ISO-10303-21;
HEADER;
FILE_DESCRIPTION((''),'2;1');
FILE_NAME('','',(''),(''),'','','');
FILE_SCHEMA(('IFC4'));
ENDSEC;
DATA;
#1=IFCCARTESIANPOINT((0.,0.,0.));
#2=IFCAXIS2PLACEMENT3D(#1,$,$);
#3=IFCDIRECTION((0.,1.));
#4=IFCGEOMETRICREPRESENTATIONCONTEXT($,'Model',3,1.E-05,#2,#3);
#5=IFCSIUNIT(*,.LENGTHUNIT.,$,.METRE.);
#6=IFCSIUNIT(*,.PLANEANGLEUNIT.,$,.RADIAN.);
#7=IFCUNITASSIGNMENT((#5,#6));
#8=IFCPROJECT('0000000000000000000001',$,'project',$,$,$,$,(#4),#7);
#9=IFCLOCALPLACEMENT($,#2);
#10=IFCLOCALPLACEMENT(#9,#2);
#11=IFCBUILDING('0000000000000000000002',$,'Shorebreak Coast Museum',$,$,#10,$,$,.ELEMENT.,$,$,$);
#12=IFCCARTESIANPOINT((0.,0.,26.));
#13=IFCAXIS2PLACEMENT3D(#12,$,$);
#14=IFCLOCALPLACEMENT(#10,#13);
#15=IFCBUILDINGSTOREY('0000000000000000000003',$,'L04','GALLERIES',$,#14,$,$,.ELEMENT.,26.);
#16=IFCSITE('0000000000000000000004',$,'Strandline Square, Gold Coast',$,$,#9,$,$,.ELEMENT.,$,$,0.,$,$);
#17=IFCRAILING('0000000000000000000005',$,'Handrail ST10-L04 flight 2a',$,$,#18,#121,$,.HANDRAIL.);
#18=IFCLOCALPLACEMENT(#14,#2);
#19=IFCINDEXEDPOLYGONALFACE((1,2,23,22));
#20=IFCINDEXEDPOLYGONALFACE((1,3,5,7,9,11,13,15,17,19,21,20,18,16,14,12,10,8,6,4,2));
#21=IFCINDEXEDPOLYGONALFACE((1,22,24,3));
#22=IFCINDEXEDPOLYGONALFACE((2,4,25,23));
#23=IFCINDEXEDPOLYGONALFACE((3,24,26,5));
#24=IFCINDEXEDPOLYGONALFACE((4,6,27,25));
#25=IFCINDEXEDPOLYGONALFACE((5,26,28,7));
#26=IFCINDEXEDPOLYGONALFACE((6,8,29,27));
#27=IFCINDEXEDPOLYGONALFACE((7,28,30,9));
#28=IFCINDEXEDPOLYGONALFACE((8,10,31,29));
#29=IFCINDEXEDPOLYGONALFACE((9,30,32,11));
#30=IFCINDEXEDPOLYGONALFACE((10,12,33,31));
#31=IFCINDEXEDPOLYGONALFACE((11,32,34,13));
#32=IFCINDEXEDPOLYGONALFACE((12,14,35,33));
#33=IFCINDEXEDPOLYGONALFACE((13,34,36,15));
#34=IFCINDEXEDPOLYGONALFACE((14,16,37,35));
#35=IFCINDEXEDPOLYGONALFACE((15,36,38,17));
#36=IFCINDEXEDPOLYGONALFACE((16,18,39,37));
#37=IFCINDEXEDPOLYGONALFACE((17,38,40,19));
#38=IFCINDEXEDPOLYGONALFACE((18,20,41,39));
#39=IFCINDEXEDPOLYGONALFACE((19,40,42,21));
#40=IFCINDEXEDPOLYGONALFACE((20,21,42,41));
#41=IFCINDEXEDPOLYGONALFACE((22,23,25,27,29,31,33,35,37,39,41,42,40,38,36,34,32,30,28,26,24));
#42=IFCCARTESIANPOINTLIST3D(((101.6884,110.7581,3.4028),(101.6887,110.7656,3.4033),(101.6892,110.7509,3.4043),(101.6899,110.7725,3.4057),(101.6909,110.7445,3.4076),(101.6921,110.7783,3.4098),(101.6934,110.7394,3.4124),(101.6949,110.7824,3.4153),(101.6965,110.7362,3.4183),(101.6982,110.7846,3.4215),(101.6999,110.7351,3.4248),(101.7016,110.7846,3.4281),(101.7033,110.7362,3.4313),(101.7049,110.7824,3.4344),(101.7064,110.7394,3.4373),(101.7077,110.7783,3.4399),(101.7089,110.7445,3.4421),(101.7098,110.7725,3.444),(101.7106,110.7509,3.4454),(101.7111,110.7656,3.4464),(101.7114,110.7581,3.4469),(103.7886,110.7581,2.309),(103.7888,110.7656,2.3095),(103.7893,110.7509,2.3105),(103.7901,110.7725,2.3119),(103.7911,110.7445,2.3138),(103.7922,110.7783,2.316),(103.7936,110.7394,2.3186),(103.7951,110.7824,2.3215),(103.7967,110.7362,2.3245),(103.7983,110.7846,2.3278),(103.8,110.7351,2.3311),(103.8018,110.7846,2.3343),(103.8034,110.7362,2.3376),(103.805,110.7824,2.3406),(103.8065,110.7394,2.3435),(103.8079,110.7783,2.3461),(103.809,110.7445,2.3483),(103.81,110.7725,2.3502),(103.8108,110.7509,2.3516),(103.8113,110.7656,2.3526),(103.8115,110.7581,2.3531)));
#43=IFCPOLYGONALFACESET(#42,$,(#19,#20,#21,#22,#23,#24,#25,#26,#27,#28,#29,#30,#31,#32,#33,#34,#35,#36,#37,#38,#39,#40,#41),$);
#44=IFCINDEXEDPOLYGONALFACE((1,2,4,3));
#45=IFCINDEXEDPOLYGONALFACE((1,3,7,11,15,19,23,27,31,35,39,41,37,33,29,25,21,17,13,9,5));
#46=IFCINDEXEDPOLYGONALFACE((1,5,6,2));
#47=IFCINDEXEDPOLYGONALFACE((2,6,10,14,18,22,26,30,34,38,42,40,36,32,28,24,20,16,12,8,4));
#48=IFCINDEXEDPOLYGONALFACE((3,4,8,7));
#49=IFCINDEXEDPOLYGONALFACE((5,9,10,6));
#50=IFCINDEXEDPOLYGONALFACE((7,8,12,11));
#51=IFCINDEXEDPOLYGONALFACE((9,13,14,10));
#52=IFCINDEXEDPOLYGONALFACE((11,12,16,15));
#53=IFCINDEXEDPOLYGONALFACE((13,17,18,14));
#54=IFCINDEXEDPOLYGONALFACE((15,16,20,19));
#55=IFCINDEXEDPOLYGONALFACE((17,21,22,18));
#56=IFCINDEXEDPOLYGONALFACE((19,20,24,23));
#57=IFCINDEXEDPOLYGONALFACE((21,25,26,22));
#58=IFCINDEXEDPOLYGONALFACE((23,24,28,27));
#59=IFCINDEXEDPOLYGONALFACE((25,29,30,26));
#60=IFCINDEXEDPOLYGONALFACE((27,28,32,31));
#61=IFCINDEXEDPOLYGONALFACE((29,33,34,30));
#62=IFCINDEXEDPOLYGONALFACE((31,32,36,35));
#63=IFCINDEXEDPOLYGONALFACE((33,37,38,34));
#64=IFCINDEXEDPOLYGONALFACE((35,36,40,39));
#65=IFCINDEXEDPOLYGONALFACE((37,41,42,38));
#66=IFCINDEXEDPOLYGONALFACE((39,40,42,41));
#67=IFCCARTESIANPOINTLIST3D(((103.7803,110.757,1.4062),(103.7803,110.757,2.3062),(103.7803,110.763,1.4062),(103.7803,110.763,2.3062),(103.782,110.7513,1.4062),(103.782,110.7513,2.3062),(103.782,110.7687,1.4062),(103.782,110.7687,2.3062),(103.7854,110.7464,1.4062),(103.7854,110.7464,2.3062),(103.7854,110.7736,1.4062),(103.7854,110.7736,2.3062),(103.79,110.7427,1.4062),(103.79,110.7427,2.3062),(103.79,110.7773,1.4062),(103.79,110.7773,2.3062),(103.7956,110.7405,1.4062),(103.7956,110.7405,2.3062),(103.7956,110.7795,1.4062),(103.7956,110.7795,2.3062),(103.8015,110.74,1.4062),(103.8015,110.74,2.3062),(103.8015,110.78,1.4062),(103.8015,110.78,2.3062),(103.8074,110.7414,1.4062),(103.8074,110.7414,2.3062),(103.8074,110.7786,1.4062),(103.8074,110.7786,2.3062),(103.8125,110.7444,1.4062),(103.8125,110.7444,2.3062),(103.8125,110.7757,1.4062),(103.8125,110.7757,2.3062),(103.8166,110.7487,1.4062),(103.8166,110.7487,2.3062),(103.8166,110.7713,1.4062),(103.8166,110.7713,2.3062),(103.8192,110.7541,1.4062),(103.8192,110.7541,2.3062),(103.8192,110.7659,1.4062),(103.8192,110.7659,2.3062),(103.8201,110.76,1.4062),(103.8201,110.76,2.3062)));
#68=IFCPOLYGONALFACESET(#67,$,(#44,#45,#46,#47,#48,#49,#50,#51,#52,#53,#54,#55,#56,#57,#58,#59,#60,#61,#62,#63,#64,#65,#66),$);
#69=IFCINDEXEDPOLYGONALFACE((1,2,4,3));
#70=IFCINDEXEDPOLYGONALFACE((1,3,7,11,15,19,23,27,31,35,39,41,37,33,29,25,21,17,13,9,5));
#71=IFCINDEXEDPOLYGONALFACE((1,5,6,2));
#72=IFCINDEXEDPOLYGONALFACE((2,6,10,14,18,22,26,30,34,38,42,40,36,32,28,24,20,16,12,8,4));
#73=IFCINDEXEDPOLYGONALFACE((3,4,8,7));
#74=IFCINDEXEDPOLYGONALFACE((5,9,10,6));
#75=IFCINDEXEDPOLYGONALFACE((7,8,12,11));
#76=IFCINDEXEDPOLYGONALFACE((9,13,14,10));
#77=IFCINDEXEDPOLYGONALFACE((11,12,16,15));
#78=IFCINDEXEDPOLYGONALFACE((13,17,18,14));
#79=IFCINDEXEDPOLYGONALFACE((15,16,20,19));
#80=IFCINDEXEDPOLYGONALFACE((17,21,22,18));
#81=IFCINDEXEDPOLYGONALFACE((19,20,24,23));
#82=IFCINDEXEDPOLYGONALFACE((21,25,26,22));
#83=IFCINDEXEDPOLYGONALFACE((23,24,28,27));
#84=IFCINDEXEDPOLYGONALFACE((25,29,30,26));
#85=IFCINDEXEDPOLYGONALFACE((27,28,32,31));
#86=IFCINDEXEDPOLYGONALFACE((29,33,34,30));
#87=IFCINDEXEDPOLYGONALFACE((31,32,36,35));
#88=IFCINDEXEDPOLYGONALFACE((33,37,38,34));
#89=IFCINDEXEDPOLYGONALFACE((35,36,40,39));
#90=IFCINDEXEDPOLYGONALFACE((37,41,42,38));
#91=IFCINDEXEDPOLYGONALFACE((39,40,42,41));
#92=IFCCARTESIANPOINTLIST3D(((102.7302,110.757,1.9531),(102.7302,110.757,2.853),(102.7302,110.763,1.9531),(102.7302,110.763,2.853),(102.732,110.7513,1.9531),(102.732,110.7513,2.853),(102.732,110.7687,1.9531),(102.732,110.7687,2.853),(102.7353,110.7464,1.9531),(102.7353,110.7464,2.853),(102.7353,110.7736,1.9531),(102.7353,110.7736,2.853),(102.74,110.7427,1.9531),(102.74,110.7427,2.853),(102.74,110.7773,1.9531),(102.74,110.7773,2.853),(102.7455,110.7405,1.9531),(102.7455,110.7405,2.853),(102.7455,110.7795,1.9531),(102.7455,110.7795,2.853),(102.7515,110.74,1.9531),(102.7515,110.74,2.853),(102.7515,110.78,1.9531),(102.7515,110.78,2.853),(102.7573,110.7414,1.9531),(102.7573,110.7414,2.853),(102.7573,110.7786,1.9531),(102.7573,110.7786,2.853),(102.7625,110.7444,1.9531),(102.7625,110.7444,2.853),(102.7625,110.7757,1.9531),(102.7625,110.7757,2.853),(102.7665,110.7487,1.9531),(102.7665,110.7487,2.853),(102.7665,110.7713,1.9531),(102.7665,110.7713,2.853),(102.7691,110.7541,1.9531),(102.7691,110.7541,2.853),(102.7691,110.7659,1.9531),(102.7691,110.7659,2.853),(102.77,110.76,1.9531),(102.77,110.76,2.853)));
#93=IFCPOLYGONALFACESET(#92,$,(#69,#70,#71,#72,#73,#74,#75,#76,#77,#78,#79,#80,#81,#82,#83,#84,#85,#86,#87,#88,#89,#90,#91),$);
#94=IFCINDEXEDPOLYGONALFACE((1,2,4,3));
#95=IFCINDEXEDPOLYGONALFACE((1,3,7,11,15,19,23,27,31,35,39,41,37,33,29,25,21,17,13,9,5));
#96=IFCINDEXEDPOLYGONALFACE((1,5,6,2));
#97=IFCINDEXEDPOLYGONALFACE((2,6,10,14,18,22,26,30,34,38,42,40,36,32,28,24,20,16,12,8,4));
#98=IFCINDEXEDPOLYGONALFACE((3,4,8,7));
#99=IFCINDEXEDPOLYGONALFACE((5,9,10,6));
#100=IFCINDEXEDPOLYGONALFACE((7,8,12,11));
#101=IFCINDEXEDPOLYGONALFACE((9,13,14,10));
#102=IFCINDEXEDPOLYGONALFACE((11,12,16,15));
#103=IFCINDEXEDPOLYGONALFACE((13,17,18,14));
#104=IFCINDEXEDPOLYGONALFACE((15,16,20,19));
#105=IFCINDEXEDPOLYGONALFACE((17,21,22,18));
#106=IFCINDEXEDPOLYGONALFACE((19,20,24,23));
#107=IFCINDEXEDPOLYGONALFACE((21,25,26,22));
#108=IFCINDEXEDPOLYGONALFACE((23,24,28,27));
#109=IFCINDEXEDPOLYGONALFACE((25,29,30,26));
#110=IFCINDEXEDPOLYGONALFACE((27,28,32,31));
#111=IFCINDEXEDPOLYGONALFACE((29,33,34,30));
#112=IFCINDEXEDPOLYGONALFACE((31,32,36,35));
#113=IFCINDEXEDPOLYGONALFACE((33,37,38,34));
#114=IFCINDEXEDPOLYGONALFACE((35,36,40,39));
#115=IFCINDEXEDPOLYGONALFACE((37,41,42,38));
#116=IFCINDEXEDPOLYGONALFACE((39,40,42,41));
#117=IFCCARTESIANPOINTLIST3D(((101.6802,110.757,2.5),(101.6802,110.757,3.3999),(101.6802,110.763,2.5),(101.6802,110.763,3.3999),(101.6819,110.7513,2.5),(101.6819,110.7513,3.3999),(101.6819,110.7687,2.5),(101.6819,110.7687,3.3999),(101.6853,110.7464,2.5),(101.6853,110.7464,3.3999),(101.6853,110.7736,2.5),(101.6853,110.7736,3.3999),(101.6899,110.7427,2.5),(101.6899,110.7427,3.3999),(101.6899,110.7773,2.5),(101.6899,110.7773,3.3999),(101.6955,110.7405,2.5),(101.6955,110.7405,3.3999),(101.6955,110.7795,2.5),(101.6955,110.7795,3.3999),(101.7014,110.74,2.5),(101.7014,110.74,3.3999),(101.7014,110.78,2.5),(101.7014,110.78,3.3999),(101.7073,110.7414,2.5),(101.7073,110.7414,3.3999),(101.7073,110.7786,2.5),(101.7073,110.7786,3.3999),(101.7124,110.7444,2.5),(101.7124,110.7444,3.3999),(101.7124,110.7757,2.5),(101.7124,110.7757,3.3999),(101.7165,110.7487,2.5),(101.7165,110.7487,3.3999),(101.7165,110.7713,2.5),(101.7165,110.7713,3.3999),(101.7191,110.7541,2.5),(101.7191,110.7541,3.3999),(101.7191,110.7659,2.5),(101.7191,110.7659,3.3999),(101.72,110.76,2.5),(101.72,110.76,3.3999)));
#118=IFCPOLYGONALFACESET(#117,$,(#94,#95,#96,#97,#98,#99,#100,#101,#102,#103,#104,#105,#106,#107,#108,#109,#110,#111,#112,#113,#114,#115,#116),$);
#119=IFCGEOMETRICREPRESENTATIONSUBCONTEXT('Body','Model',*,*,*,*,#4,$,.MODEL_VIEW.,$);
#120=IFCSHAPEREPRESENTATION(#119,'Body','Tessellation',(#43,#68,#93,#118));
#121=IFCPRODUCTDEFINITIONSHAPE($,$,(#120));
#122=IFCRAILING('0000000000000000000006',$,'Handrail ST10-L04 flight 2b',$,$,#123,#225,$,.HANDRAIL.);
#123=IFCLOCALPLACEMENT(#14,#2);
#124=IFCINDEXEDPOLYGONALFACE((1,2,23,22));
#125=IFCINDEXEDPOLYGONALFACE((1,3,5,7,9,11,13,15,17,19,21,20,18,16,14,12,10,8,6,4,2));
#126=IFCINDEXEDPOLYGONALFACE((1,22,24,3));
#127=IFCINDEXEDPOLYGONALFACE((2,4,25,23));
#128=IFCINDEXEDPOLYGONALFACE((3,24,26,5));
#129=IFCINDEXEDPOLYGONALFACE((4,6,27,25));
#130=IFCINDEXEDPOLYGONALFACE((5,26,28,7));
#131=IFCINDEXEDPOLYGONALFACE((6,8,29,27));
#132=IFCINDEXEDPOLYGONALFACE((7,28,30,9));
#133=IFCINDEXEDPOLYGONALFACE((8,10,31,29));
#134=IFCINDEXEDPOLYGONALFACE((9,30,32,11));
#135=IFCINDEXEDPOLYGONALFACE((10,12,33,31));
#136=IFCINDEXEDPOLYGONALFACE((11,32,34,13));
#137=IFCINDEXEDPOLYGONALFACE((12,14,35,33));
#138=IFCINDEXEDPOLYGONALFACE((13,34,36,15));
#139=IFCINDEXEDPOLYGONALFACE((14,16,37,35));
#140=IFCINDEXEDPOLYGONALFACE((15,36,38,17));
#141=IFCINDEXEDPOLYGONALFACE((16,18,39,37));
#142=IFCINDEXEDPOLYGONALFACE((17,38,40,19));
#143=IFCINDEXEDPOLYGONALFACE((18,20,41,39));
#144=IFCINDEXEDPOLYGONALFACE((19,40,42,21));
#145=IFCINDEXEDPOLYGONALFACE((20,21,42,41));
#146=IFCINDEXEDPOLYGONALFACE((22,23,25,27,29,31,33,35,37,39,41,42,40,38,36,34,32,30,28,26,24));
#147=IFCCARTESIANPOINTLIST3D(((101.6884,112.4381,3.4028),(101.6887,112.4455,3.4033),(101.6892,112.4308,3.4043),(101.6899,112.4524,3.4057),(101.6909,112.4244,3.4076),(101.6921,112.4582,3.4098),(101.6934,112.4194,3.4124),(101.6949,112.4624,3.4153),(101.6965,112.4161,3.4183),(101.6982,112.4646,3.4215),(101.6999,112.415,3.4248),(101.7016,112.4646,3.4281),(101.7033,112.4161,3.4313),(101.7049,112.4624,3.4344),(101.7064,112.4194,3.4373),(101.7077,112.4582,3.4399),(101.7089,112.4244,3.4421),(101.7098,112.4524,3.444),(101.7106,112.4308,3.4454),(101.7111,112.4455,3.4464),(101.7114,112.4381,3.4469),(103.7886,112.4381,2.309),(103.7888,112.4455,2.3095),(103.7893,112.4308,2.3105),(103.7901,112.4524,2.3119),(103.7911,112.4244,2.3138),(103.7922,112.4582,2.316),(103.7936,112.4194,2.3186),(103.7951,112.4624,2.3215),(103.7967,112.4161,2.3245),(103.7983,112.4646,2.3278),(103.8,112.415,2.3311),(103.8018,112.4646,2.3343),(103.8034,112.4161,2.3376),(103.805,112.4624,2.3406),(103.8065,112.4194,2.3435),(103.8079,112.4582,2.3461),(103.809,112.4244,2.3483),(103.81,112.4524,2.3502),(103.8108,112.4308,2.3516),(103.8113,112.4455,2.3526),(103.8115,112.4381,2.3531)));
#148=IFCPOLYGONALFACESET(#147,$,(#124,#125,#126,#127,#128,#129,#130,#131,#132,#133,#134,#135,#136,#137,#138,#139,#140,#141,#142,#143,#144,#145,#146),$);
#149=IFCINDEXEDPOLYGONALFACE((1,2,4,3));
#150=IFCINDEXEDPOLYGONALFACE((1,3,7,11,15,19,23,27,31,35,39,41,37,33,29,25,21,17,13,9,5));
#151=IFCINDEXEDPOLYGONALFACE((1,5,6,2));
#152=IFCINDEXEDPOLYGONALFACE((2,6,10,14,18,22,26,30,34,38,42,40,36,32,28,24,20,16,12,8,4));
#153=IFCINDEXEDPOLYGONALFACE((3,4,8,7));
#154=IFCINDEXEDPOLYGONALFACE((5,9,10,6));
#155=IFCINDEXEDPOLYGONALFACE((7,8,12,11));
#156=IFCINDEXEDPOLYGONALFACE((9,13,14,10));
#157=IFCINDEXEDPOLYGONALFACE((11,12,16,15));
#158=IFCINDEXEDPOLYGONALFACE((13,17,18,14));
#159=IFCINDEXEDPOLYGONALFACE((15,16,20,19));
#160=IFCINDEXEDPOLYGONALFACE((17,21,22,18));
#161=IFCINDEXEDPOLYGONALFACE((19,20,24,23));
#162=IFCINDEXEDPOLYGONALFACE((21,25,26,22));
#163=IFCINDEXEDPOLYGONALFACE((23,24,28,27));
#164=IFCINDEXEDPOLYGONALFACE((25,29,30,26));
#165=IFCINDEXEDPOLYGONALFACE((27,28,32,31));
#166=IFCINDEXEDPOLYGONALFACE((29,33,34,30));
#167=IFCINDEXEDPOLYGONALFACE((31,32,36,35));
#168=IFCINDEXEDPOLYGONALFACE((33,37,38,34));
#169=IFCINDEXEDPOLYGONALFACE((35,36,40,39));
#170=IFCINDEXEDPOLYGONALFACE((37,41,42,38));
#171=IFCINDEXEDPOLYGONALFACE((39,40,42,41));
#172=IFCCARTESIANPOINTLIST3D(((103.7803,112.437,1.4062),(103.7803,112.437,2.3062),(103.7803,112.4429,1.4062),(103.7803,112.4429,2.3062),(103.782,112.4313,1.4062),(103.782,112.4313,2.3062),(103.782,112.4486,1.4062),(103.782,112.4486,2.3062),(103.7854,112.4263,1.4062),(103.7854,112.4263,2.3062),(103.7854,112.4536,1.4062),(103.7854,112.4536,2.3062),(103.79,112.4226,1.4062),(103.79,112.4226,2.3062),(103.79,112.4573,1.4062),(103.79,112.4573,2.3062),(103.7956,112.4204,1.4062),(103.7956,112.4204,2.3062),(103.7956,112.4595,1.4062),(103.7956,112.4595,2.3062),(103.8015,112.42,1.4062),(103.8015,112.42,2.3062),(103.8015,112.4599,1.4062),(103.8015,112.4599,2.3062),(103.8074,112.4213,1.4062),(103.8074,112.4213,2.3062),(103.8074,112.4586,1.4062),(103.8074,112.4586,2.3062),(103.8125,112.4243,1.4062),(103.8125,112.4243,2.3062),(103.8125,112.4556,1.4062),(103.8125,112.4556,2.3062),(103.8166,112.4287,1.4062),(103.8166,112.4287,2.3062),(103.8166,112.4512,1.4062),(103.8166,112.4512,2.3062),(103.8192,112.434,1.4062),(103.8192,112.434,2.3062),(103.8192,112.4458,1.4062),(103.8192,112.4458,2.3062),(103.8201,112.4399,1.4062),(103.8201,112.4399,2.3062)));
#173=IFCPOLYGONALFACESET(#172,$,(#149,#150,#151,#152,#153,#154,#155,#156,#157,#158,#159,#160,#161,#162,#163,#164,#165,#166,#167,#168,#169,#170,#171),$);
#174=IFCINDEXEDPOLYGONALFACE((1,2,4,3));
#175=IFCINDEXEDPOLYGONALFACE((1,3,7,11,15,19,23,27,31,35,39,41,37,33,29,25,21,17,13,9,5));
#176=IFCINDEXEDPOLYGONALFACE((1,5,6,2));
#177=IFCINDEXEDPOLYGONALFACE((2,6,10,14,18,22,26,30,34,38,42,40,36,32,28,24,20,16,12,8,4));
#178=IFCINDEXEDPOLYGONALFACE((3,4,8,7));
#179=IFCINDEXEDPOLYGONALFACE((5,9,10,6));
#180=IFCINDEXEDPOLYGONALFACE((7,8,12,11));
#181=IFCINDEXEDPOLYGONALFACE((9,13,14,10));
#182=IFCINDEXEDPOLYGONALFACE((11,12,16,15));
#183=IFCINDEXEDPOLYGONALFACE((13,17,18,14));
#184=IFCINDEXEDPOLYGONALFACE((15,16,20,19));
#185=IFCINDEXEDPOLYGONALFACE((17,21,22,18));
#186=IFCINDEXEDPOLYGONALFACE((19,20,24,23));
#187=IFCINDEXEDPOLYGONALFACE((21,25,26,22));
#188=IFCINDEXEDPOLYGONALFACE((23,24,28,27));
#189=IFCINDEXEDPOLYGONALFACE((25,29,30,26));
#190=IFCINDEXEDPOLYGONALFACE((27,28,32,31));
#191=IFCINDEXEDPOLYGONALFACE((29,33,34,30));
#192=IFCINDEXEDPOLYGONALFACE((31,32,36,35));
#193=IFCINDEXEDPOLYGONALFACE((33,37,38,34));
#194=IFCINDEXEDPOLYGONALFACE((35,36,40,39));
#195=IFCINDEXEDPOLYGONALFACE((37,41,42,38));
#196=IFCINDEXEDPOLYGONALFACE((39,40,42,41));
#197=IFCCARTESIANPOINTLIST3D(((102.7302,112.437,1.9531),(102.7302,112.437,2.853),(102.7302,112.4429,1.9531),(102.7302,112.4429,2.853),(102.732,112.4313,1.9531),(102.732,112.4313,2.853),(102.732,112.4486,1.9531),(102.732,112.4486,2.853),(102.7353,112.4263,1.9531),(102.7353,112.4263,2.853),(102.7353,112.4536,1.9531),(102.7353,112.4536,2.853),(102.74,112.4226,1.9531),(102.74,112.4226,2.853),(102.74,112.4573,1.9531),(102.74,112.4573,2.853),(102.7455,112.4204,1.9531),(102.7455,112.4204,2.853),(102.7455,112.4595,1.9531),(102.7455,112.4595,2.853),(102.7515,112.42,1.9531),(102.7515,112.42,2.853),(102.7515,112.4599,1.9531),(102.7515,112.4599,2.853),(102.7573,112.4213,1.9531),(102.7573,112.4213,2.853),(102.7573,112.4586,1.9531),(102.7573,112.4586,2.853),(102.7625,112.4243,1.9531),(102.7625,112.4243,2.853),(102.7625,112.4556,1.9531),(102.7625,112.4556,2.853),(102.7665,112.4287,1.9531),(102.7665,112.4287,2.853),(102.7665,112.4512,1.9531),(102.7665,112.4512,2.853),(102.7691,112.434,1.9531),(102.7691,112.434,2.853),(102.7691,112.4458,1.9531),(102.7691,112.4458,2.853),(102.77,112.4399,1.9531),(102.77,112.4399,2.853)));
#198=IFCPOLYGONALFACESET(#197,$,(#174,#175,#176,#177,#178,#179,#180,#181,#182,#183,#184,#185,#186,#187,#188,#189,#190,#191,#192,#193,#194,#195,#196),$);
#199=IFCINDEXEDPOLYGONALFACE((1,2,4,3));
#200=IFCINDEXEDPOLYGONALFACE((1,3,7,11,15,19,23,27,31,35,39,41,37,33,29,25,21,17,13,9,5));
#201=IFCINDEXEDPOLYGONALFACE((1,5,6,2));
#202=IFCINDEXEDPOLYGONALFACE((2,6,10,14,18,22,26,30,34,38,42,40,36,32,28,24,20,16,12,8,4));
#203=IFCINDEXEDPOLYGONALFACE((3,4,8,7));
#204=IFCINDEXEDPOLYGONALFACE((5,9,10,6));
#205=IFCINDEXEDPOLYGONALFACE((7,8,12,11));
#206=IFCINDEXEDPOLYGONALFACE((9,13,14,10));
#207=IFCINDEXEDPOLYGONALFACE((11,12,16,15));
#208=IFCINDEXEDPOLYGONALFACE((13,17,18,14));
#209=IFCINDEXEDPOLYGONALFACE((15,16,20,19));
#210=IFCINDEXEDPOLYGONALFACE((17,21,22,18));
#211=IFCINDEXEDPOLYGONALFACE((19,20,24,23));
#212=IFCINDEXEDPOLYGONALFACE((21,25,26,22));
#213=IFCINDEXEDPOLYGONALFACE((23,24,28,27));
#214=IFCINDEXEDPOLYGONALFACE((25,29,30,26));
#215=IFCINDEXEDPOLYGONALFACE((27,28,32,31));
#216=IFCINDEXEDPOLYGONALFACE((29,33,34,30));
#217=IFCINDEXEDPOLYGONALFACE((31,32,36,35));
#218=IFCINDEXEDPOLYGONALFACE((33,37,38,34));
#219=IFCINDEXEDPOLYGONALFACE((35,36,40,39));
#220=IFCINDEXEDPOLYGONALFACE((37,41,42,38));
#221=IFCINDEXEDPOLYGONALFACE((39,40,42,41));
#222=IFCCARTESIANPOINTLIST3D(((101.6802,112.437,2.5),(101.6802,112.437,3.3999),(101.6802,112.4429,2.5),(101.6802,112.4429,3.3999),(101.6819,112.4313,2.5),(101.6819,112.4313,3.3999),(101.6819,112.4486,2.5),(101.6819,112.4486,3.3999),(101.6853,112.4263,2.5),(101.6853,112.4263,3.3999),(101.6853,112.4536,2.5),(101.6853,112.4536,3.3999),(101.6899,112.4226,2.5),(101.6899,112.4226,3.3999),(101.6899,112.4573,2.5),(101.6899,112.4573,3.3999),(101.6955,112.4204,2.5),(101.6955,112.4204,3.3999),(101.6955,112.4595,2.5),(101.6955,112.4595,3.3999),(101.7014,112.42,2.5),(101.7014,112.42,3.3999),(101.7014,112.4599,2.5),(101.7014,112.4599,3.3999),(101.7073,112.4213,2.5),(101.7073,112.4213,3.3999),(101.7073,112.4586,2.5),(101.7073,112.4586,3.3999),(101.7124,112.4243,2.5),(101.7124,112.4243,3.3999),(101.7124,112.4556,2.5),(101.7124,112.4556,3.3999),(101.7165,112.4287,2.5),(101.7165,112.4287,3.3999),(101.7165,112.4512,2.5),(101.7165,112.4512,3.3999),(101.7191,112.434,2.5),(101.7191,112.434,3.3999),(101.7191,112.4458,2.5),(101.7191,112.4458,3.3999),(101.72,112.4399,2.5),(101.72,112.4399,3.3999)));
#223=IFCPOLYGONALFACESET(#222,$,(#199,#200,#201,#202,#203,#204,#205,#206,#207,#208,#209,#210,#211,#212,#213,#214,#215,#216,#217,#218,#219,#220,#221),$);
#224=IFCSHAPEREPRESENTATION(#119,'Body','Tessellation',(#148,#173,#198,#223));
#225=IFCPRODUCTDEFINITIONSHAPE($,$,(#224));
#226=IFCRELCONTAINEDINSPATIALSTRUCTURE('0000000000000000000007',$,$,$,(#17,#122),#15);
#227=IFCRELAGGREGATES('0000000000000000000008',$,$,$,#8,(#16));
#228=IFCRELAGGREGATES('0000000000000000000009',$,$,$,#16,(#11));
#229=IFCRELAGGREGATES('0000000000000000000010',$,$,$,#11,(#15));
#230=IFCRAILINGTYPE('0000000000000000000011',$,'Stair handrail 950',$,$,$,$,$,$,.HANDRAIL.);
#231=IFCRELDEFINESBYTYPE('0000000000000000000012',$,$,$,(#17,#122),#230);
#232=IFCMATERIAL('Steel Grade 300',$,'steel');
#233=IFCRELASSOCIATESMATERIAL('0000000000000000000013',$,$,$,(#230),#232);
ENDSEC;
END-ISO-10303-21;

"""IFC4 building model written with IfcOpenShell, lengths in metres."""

from ifc_helpers import new_model, si_unit, direction, frame, origin, origin_2d, place, context, subcontext, project, spatial, circle, extrude, material, type_object, element, save


model = new_model("IFC4")

# Units and contexts
model_context = context("Model", 3, precision=1e-05, world=origin(), true_north=direction((0.0, 1.0)))
body_context = subcontext(model_context, "Body", "Model", "MODEL_VIEW")
ifc_project = project(units=[si_unit("LENGTHUNIT", "METRE"), si_unit("PLANEANGLEUNIT", "RADIAN")], contexts=[model_context])

# Site, building, storey
site_placement = place(None, origin())
site = spatial("IfcSite", under=ifc_project, at=site_placement, Name="Strandline Square, Gold Coast", CompositionType="ELEMENT", RefElevation=0.0)
building_placement = place(site_placement, origin())
building = spatial("IfcBuilding", under=site, at=building_placement, Name="Shorebreak Coast Museum", CompositionType="ELEMENT")
storey_placement = place(building_placement, frame((0.0, 0.0, 26.0)))
storey = spatial("IfcBuildingStorey", under=building, at=storey_placement, Name="L04", Description="GALLERIES", CompositionType="ELEMENT", Elevation=26.0)

# Railings
ifc_material_1 = material(Name="Steel Grade 300", Category="steel")
railing_type_1 = type_object("IfcRailingType", Name="Stair handrail 950", PredefinedType="HANDRAIL", material=ifc_material_1)
for number, where, name in (
    (1, (103.8, 110.76, 1.4062), "Handrail ST10-L04 flight 2a"),
    (2, (103.8, 112.4399, 1.4062), "Handrail ST10-L04 flight 2b"),
):
    element("IfcRailing", number, at=place(storey_placement, frame(where)), inside=storey, type_object=railing_type_1, Name=name, PredefinedType="HANDRAIL", context=body_context, shape_type="SweptSolid", body=[
        extrude(circle(Radius=0.0249, at=origin_2d()), frame((0.0, 0.0, 0.9248), z_axis=(-0.886923, 0.0, 0.461918), x_axis=(0.0, -1.0, 0.0)), (0.0, 0.0, 1.0), 2.3679),
        extrude(circle(Radius=0.02, at=origin_2d()), origin(), (0.0, 0.0, 1.0), 0.8999),
        extrude(circle(Radius=0.02, at=origin_2d()), frame((-1.05, 0.0, 0.5469)), (0.0, 0.0, 1.0), 0.8999),
        extrude(circle(Radius=0.02, at=origin_2d()), frame((-2.1001, 0.0, 1.0938)), (0.0, 0.0, 1.0), 0.8999),
    ])

save(model, "model.ifc")
